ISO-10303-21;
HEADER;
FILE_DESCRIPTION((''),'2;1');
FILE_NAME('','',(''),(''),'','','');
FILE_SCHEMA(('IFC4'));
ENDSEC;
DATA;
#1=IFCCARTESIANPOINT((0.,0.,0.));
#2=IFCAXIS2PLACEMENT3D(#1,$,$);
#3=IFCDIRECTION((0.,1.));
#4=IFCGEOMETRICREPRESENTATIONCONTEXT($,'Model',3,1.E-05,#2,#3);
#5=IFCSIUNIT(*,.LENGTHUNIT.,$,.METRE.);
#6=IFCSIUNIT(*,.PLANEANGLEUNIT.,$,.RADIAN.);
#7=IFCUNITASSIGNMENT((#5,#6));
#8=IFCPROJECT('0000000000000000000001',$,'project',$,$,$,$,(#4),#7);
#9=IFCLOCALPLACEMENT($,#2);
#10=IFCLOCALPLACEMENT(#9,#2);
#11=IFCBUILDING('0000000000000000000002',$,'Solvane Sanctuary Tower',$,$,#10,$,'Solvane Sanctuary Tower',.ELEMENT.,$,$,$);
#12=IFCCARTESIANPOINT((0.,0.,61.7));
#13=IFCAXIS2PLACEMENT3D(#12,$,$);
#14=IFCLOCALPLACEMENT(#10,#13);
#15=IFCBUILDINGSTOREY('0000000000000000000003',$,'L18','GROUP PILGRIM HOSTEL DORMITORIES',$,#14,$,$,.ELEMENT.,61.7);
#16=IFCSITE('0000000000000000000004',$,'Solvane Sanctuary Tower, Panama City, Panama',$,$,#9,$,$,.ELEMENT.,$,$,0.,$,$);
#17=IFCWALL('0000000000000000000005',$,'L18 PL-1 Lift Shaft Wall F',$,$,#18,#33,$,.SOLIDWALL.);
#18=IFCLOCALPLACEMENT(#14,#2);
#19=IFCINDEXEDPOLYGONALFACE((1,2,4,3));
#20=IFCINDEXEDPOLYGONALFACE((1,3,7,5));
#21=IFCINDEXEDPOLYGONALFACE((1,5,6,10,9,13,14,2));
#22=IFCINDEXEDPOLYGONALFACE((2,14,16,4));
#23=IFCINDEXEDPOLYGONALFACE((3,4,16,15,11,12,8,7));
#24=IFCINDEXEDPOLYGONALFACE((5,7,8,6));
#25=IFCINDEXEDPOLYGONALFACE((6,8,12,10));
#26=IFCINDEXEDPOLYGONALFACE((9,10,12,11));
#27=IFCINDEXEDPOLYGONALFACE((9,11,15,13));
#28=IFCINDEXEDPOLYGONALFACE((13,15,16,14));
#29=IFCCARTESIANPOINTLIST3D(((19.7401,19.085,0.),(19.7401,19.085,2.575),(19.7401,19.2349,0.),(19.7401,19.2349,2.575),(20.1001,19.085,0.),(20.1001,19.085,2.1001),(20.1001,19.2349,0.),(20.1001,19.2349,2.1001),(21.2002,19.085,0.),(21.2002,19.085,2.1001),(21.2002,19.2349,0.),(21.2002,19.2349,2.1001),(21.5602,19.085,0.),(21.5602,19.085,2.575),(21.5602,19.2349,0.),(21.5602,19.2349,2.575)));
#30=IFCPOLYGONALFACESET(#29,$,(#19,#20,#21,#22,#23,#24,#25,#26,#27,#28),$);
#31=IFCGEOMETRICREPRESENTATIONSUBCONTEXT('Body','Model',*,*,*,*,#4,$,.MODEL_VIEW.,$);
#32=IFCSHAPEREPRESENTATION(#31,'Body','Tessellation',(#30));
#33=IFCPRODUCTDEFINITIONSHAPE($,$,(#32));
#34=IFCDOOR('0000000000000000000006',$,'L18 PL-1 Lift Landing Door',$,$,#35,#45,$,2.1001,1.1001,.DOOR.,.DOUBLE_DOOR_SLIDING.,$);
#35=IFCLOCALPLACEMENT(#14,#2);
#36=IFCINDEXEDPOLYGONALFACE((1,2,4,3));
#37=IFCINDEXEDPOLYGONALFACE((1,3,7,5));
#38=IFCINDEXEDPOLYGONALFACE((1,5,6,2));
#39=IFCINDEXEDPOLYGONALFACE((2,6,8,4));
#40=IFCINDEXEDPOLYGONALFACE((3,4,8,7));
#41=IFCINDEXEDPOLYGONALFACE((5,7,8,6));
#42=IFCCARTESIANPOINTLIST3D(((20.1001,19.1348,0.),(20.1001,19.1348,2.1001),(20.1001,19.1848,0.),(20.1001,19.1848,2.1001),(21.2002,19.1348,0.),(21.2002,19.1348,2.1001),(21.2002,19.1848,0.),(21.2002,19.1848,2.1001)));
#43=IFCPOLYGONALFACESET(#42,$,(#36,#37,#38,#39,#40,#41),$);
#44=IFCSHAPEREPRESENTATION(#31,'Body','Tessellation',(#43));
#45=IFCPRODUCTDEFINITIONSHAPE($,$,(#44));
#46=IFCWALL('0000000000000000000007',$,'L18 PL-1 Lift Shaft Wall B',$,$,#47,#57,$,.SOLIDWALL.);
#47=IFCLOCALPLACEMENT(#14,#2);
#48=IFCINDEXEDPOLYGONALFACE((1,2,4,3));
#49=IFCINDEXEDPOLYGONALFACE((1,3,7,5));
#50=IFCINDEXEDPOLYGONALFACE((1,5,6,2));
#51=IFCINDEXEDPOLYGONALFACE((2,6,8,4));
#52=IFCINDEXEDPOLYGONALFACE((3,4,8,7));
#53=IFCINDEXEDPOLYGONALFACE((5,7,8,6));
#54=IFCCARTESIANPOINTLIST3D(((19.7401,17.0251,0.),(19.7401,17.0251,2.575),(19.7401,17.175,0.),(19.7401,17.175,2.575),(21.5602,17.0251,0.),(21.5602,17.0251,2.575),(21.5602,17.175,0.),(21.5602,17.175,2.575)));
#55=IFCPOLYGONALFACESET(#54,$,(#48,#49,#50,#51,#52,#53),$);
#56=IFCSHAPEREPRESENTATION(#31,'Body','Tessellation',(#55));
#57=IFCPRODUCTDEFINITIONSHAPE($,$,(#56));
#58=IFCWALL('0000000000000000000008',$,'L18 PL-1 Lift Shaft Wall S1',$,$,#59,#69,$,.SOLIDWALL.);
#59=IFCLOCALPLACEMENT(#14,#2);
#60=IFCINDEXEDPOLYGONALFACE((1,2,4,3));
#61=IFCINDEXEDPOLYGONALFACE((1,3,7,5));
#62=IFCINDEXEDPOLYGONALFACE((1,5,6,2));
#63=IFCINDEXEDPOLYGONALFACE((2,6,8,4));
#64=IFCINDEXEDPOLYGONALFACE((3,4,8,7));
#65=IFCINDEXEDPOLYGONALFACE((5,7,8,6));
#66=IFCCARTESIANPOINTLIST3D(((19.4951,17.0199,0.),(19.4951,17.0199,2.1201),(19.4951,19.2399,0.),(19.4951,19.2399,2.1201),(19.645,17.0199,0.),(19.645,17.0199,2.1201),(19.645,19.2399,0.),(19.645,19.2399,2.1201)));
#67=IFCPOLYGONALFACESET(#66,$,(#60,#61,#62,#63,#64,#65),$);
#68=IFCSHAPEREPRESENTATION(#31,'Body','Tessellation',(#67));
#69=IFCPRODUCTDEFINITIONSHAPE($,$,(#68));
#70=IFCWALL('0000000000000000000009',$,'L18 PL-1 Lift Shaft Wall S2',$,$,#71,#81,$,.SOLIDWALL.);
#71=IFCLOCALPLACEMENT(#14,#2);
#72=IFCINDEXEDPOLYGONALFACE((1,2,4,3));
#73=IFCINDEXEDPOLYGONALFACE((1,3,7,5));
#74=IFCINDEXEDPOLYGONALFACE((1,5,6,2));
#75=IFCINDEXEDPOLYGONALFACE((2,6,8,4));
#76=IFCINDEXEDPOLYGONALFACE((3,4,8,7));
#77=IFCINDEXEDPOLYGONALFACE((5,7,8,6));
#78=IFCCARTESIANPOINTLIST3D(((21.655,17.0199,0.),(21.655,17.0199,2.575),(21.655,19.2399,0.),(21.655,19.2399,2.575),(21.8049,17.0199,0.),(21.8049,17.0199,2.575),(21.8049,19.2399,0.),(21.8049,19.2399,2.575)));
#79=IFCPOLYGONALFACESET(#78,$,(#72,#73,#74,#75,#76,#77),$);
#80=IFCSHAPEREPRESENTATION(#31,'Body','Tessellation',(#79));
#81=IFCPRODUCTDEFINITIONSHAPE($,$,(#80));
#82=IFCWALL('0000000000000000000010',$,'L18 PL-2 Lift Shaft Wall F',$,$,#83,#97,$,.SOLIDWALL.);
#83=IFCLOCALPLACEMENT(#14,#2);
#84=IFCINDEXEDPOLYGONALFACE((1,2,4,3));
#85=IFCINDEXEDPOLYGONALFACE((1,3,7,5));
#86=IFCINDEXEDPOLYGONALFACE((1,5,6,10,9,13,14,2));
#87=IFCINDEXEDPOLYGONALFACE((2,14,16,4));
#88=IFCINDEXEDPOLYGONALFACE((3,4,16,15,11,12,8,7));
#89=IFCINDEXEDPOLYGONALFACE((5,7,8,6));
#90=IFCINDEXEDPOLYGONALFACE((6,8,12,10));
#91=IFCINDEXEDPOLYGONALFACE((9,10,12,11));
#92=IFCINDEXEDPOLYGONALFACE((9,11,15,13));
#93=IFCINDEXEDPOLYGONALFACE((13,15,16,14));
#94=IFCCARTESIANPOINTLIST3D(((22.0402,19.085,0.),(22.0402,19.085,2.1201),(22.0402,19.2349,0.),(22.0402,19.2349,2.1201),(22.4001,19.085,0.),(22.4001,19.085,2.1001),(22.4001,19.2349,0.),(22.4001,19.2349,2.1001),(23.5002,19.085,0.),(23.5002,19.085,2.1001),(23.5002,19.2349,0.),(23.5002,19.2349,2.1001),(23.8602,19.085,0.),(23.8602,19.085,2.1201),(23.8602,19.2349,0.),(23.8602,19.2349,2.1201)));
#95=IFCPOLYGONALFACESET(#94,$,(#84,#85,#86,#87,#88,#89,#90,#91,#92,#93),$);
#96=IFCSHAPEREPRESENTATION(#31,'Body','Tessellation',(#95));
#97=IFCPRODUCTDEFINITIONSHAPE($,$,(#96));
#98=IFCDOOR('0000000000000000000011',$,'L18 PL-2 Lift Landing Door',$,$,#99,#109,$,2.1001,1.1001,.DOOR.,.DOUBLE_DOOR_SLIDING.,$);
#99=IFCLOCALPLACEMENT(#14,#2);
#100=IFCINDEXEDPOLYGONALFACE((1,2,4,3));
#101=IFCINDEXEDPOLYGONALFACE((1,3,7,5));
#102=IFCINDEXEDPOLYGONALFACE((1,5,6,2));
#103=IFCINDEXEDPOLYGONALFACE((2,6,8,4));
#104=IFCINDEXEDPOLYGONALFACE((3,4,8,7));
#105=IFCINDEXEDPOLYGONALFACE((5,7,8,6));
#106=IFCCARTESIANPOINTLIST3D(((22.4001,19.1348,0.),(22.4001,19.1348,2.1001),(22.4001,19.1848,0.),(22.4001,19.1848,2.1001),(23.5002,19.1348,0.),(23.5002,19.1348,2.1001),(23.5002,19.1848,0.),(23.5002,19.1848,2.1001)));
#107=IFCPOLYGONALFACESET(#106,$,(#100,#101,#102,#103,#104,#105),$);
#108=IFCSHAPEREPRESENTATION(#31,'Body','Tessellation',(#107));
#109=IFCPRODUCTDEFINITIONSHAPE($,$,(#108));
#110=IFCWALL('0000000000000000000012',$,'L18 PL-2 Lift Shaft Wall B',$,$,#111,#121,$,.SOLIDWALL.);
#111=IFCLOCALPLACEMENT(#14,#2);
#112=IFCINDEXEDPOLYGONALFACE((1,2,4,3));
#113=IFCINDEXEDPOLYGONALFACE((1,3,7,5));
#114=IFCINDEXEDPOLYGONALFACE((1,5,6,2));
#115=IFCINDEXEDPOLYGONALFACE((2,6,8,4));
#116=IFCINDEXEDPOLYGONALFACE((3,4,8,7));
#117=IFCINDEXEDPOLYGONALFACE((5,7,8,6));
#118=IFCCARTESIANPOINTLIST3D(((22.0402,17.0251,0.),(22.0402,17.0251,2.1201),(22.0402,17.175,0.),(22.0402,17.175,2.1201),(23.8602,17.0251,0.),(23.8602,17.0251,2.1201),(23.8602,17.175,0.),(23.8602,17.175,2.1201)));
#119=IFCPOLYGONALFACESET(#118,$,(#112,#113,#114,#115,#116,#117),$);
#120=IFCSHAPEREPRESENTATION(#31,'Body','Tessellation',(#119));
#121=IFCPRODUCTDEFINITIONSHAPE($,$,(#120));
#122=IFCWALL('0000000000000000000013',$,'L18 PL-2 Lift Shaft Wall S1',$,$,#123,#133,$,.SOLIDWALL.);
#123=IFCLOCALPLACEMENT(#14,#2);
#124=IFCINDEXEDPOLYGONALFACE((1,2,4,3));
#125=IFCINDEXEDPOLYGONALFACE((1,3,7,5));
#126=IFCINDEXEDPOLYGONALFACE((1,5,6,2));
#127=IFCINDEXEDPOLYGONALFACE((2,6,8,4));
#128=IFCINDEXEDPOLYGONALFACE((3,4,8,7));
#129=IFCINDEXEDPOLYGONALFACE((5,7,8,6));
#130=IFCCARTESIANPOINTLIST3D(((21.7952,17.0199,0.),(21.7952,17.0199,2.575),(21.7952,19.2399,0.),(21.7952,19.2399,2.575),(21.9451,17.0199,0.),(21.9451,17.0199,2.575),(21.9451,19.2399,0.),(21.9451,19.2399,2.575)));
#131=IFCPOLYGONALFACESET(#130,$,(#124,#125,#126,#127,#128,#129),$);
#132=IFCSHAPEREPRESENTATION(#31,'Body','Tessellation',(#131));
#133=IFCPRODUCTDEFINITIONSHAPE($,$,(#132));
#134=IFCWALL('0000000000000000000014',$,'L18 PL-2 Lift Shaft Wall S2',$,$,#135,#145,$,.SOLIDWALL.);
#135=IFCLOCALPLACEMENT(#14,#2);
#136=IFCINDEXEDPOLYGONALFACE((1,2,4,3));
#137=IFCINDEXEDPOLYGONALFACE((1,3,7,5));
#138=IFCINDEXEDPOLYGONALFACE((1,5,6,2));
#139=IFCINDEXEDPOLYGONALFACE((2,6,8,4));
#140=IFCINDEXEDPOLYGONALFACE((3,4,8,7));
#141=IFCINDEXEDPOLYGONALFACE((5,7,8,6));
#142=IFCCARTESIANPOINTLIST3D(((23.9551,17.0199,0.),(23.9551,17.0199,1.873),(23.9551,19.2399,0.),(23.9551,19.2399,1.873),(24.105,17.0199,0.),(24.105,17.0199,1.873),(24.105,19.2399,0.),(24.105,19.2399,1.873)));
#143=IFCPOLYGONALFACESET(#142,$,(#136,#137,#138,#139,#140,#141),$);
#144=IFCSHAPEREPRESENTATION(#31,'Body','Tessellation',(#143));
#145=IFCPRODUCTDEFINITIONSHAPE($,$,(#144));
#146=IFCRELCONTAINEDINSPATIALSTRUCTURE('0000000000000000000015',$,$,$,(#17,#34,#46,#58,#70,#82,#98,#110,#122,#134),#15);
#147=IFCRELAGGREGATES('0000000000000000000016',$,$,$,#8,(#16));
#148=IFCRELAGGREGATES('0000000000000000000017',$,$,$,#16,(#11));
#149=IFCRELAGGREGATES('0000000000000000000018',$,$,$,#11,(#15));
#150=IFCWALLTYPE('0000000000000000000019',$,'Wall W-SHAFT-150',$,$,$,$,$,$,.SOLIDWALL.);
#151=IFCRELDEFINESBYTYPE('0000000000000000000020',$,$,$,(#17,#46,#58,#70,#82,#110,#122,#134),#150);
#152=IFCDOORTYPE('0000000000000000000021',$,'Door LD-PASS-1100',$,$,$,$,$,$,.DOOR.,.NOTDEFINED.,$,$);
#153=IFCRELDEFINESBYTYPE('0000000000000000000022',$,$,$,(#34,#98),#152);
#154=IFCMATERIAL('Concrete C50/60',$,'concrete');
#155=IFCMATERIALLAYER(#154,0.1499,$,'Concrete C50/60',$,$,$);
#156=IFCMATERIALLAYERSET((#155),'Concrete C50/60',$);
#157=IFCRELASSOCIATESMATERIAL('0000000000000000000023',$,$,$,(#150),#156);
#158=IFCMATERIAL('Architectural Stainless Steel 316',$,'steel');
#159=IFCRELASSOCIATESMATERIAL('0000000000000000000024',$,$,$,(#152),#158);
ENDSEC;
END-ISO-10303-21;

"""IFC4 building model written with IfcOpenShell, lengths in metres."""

from ifc_helpers import new_model, si_unit, direction, frame, frame_2d, origin, place, context, subcontext, project, spatial, rectangle, extrude, material, layer, layer_set, type_object, element, fill, save


model = new_model("IFC4")

# Units and contexts
model_context = context("Model", 3, precision=1e-05, world=origin(), true_north=direction((0.0, 1.0)))
body_context = subcontext(model_context, "Body", "Model", "MODEL_VIEW")
ifc_project = project(units=[si_unit("LENGTHUNIT", "METRE"), si_unit("PLANEANGLEUNIT", "RADIAN")], contexts=[model_context])

# Site, building, storey
site_placement = place(None, origin())
site = spatial("IfcSite", under=ifc_project, at=site_placement, Name="Solvane Sanctuary Tower, Panama City, Panama", CompositionType="ELEMENT", RefElevation=0.0)
building_placement = place(site_placement, origin())
building = spatial("IfcBuilding", under=site, at=building_placement, Name="Solvane Sanctuary Tower", LongName="Solvane Sanctuary Tower", CompositionType="ELEMENT")
storey_placement = place(building_placement, frame((0.0, 0.0, 61.7)))
storey = spatial("IfcBuildingStorey", under=building, at=storey_placement, Name="L18", Description="GROUP PILGRIM HOSTEL DORMITORIES", CompositionType="ELEMENT", Elevation=61.7)

# Wall, opening, door
ifc_material_1 = material(Name="Concrete C50/60", Category="concrete")
ifc_layer_1 = layer(ifc_material_1, 0.1499, Name="Concrete C50/60")
ifc_layer_set_1 = layer_set([ifc_layer_1], Name="Concrete C50/60")
wall_type_1 = type_object("IfcWallType", Name="Wall W-SHAFT-150", PredefinedType="SOLIDWALL", material=ifc_layer_set_1)
wall_1_placement = place(storey_placement, frame((19.74, 19.1599, 0.0), z_axis=(0.0, 0.0, 1.0), x_axis=(1.0, 0.0, 0.0)))
wall_1 = element("IfcWall", 1, at=wall_1_placement, inside=storey, type_object=wall_type_1, Name="L18 PL-1 Lift Shaft Wall F", PredefinedType="SOLIDWALL", context=body_context, shape_type="SweptSolid", body=[
    extrude(rectangle(XDim=1.8201, YDim=0.1499, at=frame_2d((0.9102, 0.0))), origin(), (0.0, 0.0, 1.0), 2.575),
])
opening_1_placement = place(wall_1_placement, frame((0.3601, 0.0, 0.0)))
opening_1 = element("IfcOpeningElement", 2, at=opening_1_placement, cuts=wall_1, PredefinedType="OPENING", context=body_context, shape_type="SweptSolid", body=[
    extrude(rectangle(XDim=1.1001, YDim=2.1001, at=frame_2d((0.55, 1.05))), frame((0.0, 0.085, 0.0), z_axis=(0.0, -1.0, 0.0), x_axis=(1.0, 0.0, 0.0)), (0.0, 0.0, 1.0), 0.1699),
])
ifc_material_2 = material(Name="Architectural Stainless Steel 316", Category="steel")
door_type = type_object("IfcDoorType", Name="Door LD-PASS-1100", OperationType="NOTDEFINED", PredefinedType="DOOR", material=ifc_material_2)
door_1_placement = place(opening_1_placement, origin())
door_1 = element("IfcDoor", 3, at=door_1_placement, inside=storey, type_object=door_type, Name="L18 PL-1 Lift Landing Door", OperationType="DOUBLE_DOOR_SLIDING", OverallHeight=2.1001, OverallWidth=1.1001, PredefinedType="DOOR", context=body_context, shape_type="SweptSolid", body=[
    extrude(rectangle(XDim=1.1001, YDim=2.1001, at=frame_2d((0.55, 1.05))), frame((0.0, 0.0249, 0.0), z_axis=(0.0, -1.0, 0.0), x_axis=(1.0, 0.0, 0.0)), (0.0, 0.0, 1.0), 0.05),
])
fill(opening_1, door_1)

# Walls
wall_2_placement = place(storey_placement, frame((19.74, 17.1001, 0.0), z_axis=(0.0, 0.0, 1.0), x_axis=(1.0, 0.0, 0.0)))
element("IfcWall", 4, at=wall_2_placement, inside=storey, type_object=wall_type_1, Name="L18 PL-1 Lift Shaft Wall B", PredefinedType="SOLIDWALL", context=body_context, shape_type="SweptSolid", body=[
    extrude(rectangle(XDim=1.8201, YDim=0.1499, at=frame_2d((0.9102, 0.0))), origin(), (0.0, 0.0, 1.0), 2.575),
])
wall_3_placement = place(storey_placement, frame((19.5701, 17.02, 0.0), z_axis=(0.0, 0.0, 1.0), x_axis=(0.0, 1.0, 0.0)))
element("IfcWall", 5, at=wall_3_placement, inside=storey, type_object=wall_type_1, Name="L18 PL-1 Lift Shaft Wall S1", PredefinedType="SOLIDWALL", context=body_context, shape_type="SweptSolid", body=[
    extrude(rectangle(XDim=2.22, YDim=0.1499, at=frame_2d((1.1099, 0.0))), origin(), (0.0, 0.0, 1.0), 2.1201),
])
wall_4_placement = place(storey_placement, frame((21.73, 17.02, 0.0), z_axis=(0.0, 0.0, 1.0), x_axis=(0.0, 1.0, 0.0)))
element("IfcWall", 6, at=wall_4_placement, inside=storey, type_object=wall_type_1, Name="L18 PL-1 Lift Shaft Wall S2", PredefinedType="SOLIDWALL", context=body_context, shape_type="SweptSolid", body=[
    extrude(rectangle(XDim=2.22, YDim=0.1499, at=frame_2d((1.1099, 0.0))), origin(), (0.0, 0.0, 1.0), 2.575),
])

# Wall, opening, door
wall_5_placement = place(storey_placement, frame((22.04, 19.1599, 0.0), z_axis=(0.0, 0.0, 1.0), x_axis=(1.0, 0.0, 0.0)))
wall_5 = element("IfcWall", 7, at=wall_5_placement, inside=storey, type_object=wall_type_1, Name="L18 PL-2 Lift Shaft Wall F", PredefinedType="SOLIDWALL", context=body_context, shape_type="SweptSolid", body=[
    extrude(rectangle(XDim=1.8201, YDim=0.1499, at=frame_2d((0.9102, 0.0))), origin(), (0.0, 0.0, 1.0), 2.1201),
])
opening_2_placement = place(wall_5_placement, frame((0.3601, 0.0, 0.0)))
opening_2 = element("IfcOpeningElement", 8, at=opening_2_placement, cuts=wall_5, PredefinedType="OPENING", context=body_context, shape_type="SweptSolid", body=[
    extrude(rectangle(XDim=1.1001, YDim=2.1001, at=frame_2d((0.55, 1.05))), frame((0.0, 0.085, 0.0), z_axis=(0.0, -1.0, 0.0), x_axis=(1.0, 0.0, 0.0)), (0.0, 0.0, 1.0), 0.1699),
])
door_2_placement = place(opening_2_placement, origin())
door_2 = element("IfcDoor", 9, at=door_2_placement, inside=storey, type_object=door_type, Name="L18 PL-2 Lift Landing Door", OperationType="DOUBLE_DOOR_SLIDING", OverallHeight=2.1001, OverallWidth=1.1001, PredefinedType="DOOR", context=body_context, shape_type="SweptSolid", body=[
    extrude(rectangle(XDim=1.1001, YDim=2.1001, at=frame_2d((0.55, 1.05))), frame((0.0, 0.0249, 0.0), z_axis=(0.0, -1.0, 0.0), x_axis=(1.0, 0.0, 0.0)), (0.0, 0.0, 1.0), 0.05),
])
fill(opening_2, door_2)

# Walls
wall_6_placement = place(storey_placement, frame((22.04, 17.1001, 0.0), z_axis=(0.0, 0.0, 1.0), x_axis=(1.0, 0.0, 0.0)))
element("IfcWall", 10, at=wall_6_placement, inside=storey, type_object=wall_type_1, Name="L18 PL-2 Lift Shaft Wall B", PredefinedType="SOLIDWALL", context=body_context, shape_type="SweptSolid", body=[
    extrude(rectangle(XDim=1.8201, YDim=0.1499, at=frame_2d((0.9102, 0.0))), origin(), (0.0, 0.0, 1.0), 2.1201),
])
wall_7_placement = place(storey_placement, frame((21.8701, 17.02, 0.0), z_axis=(0.0, 0.0, 1.0), x_axis=(0.0, 1.0, 0.0)))
element("IfcWall", 11, at=wall_7_placement, inside=storey, type_object=wall_type_1, Name="L18 PL-2 Lift Shaft Wall S1", PredefinedType="SOLIDWALL", context=body_context, shape_type="SweptSolid", body=[
    extrude(rectangle(XDim=2.22, YDim=0.1499, at=frame_2d((1.1099, 0.0))), origin(), (0.0, 0.0, 1.0), 2.575),
])
wall_8_placement = place(storey_placement, frame((24.03, 17.02, 0.0), z_axis=(0.0, 0.0, 1.0), x_axis=(0.0, 1.0, 0.0)))
element("IfcWall", 12, at=wall_8_placement, inside=storey, type_object=wall_type_1, Name="L18 PL-2 Lift Shaft Wall S2", PredefinedType="SOLIDWALL", context=body_context, shape_type="SweptSolid", body=[
    extrude(rectangle(XDim=2.22, YDim=0.1499, at=frame_2d((1.1099, 0.0))), origin(), (0.0, 0.0, 1.0), 1.873),
])

save(model, "model.ifc")
